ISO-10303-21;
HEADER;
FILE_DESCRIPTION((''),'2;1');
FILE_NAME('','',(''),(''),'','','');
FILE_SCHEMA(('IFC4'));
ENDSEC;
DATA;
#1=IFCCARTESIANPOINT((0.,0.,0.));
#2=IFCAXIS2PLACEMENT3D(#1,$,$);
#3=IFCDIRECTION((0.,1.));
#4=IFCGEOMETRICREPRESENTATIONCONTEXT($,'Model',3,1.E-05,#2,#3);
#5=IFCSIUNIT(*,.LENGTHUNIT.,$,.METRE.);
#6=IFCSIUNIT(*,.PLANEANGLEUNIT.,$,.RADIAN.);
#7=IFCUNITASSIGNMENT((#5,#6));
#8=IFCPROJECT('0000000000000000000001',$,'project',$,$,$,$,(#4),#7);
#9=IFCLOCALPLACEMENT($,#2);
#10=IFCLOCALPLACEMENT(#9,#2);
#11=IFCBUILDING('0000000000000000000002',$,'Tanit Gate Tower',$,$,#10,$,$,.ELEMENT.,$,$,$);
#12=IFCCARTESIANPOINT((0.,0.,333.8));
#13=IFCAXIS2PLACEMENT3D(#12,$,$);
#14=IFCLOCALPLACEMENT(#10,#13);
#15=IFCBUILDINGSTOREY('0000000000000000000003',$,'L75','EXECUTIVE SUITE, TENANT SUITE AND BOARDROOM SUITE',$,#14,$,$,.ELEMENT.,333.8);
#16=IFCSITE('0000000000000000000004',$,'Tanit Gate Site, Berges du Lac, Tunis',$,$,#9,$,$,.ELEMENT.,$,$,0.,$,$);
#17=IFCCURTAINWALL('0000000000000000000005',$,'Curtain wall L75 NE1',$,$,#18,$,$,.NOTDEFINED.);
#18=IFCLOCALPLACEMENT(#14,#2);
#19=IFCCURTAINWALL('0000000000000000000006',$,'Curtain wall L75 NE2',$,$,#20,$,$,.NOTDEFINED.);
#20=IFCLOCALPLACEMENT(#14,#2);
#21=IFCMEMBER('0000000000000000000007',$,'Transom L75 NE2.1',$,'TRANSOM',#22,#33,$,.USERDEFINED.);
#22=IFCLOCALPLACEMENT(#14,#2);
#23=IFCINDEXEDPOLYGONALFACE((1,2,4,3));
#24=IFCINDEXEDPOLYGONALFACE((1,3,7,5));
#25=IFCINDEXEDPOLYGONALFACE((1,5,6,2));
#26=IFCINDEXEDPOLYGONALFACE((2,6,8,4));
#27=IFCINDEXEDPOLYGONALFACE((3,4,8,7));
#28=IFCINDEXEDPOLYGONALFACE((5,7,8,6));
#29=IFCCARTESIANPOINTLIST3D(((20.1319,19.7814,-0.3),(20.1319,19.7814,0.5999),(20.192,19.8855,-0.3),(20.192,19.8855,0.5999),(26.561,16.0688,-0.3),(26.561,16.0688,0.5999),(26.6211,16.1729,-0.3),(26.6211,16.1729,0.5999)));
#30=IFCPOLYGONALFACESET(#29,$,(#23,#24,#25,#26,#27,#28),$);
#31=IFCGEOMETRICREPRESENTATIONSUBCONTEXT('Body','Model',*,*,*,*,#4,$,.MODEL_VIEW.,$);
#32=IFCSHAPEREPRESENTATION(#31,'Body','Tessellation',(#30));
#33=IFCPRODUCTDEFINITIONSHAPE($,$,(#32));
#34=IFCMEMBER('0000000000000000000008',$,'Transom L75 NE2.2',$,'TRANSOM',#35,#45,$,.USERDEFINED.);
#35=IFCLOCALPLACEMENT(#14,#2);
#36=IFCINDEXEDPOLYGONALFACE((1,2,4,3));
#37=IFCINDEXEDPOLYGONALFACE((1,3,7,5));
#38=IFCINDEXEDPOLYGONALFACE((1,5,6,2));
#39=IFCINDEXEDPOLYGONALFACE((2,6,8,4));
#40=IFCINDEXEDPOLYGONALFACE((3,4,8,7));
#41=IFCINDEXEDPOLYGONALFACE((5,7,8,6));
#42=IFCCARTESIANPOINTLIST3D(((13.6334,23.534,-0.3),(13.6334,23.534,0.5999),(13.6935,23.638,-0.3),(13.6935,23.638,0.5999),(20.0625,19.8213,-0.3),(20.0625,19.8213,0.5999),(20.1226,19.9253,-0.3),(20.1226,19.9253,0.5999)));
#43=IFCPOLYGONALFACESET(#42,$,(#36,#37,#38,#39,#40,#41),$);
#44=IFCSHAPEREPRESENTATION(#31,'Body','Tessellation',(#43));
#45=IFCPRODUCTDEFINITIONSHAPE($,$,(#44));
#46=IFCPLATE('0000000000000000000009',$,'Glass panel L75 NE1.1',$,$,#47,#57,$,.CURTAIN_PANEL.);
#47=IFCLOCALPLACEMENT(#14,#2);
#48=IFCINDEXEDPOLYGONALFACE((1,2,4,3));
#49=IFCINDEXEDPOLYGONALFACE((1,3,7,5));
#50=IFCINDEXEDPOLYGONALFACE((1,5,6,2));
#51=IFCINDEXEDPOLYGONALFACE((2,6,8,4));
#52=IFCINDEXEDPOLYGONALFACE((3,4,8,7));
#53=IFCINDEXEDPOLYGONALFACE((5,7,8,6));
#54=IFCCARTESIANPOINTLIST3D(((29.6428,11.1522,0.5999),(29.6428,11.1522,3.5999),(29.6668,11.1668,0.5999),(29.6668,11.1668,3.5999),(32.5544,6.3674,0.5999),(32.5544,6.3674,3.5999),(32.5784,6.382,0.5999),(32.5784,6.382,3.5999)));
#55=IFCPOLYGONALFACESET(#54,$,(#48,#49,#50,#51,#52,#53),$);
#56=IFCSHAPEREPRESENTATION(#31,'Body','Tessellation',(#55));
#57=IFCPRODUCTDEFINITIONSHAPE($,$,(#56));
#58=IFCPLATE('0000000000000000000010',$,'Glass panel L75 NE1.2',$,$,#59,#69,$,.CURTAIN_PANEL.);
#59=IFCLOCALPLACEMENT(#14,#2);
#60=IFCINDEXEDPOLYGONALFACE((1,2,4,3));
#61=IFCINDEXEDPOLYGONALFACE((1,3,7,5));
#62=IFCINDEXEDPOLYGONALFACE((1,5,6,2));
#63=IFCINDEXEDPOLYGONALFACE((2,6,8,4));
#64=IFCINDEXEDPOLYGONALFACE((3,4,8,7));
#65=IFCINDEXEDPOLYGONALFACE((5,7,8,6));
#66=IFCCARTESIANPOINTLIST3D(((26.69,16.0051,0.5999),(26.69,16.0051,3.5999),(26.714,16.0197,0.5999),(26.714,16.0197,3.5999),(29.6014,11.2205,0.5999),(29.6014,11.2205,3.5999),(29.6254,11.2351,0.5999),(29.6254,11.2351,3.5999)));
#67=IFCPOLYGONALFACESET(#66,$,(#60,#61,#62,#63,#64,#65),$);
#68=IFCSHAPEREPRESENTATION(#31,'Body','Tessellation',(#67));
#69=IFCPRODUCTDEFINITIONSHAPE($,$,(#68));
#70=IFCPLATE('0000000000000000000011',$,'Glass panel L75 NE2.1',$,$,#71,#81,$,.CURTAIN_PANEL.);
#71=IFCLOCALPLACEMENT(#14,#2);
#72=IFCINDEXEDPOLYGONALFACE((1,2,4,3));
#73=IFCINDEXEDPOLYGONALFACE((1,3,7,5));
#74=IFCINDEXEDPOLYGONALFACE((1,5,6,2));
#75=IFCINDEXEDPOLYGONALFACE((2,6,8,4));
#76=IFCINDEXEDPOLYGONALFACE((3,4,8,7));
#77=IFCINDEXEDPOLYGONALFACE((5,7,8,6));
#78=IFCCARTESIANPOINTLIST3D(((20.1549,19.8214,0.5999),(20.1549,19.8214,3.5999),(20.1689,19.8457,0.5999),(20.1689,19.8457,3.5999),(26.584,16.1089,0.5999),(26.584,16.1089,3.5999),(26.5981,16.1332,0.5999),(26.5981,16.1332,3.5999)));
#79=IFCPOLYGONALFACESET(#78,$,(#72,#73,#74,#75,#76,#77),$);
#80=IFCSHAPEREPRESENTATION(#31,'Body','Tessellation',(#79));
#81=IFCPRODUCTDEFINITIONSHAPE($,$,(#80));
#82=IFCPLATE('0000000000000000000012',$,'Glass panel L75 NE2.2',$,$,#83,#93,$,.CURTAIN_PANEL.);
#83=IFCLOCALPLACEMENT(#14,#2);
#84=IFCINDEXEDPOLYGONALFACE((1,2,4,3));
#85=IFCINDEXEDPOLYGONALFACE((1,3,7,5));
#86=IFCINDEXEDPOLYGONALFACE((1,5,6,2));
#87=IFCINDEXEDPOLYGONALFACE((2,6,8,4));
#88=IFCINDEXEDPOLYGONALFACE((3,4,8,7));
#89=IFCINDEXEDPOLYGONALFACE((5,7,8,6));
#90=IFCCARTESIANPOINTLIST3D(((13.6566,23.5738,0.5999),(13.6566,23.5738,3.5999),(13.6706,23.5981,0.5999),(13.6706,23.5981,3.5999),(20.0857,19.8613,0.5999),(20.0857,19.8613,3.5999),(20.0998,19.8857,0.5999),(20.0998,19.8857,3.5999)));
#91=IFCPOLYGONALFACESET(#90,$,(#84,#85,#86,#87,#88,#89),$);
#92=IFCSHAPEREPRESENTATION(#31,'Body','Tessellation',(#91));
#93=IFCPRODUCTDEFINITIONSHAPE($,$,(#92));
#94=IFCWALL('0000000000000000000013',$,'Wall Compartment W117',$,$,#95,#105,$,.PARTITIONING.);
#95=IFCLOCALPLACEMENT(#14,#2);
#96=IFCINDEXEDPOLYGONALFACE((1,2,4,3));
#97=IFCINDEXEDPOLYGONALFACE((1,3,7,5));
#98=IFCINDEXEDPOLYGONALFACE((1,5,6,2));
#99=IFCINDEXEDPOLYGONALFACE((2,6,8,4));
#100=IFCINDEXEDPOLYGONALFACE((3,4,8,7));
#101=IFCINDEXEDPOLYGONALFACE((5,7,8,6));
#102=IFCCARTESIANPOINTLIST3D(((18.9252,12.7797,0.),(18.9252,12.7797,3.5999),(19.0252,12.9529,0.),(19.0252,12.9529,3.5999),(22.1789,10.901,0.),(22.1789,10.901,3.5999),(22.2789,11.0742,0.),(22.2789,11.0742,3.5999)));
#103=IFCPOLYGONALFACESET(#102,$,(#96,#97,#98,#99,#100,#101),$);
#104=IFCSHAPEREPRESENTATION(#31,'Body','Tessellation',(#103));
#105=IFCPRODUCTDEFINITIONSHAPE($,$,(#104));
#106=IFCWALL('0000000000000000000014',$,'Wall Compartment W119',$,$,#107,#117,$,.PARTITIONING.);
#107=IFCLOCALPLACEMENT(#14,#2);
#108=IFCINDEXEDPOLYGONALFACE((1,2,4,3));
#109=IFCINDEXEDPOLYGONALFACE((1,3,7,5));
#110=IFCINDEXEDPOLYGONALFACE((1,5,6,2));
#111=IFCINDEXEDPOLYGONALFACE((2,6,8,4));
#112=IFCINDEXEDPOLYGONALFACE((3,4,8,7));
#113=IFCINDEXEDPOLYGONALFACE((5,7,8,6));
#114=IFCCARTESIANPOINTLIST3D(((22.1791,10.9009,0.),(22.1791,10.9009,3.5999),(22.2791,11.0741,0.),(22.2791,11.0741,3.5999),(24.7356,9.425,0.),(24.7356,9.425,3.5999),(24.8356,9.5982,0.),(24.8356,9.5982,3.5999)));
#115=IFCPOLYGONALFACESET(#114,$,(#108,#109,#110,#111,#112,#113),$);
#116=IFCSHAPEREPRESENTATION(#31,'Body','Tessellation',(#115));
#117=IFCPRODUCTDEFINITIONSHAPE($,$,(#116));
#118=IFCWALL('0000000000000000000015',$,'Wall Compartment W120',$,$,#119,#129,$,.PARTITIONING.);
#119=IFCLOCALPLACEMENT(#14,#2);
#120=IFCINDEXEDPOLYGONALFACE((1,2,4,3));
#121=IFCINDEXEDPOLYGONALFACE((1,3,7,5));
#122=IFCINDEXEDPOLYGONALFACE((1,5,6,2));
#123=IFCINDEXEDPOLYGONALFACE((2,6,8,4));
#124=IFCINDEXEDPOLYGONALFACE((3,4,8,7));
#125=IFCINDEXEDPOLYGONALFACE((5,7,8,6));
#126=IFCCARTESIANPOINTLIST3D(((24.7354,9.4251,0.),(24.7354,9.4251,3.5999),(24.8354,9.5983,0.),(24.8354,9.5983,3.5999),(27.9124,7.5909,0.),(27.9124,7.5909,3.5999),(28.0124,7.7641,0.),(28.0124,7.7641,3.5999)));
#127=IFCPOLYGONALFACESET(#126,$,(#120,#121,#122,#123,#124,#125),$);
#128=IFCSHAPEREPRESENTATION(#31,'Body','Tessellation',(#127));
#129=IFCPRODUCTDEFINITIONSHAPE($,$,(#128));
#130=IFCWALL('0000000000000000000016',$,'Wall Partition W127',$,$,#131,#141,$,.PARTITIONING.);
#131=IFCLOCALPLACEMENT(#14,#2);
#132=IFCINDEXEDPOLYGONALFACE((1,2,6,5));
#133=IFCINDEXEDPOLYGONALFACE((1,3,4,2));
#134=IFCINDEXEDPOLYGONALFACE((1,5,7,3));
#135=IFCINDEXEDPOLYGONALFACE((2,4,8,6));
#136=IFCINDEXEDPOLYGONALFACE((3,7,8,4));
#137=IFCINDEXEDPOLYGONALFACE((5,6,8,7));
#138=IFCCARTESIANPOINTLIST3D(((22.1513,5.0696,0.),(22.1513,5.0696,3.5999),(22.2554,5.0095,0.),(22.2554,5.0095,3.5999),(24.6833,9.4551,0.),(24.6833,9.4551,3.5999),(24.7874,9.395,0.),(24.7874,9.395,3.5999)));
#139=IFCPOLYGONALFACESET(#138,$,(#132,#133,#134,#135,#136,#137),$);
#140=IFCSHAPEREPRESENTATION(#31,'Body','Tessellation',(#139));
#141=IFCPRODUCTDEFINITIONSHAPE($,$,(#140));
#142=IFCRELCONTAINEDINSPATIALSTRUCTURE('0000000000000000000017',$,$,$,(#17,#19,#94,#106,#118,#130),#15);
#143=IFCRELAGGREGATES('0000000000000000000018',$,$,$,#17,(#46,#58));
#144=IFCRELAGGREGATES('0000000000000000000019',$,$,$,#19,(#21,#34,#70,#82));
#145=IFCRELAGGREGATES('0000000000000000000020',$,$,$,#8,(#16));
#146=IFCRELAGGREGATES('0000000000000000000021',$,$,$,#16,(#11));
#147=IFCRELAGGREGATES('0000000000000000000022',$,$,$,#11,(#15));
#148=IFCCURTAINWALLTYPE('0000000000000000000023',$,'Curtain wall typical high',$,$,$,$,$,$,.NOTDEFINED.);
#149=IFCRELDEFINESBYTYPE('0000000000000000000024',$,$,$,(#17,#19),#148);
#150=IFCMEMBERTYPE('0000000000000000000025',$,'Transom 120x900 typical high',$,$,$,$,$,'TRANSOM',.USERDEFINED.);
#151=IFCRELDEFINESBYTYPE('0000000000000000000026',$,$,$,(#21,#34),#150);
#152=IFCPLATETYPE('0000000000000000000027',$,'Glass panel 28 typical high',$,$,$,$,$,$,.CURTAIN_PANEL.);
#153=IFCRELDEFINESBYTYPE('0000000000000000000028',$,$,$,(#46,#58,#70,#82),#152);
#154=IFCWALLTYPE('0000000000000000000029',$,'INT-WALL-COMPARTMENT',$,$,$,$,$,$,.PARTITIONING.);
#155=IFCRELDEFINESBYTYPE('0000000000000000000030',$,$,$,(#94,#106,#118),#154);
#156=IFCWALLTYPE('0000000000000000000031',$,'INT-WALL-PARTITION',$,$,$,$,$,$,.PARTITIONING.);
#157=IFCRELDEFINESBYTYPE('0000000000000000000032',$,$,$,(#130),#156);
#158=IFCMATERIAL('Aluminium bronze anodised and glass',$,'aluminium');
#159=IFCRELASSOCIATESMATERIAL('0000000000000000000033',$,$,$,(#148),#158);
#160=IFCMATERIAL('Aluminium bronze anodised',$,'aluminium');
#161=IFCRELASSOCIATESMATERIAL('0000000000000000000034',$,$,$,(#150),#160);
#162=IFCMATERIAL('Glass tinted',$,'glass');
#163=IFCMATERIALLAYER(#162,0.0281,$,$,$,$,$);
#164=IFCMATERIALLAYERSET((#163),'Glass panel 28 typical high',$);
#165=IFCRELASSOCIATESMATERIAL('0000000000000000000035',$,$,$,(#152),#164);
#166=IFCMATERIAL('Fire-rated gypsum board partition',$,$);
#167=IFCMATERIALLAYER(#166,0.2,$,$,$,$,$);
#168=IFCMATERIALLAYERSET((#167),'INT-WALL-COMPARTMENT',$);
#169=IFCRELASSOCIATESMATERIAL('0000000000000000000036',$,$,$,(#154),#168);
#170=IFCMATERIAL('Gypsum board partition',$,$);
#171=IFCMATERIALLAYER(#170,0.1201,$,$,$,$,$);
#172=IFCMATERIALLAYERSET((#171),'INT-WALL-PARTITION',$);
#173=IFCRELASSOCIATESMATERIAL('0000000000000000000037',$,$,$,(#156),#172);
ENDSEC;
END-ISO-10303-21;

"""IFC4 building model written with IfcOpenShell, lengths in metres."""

from ifc_helpers import new_model, si_unit, direction, frame, frame_2d, origin, origin_2d, place, context, subcontext, project, spatial, rectangle, extrude, material, layer, layer_set, material_profile, profile_set, type_object, element, aggregate, save


model = new_model("IFC4")

# Units and contexts
model_context = context("Model", 3, precision=1e-05, world=origin(), true_north=direction((0.0, 1.0)))
body_context = subcontext(model_context, "Body", "Model", "MODEL_VIEW")
ifc_project = project(units=[si_unit("LENGTHUNIT", "METRE"), si_unit("PLANEANGLEUNIT", "RADIAN")], contexts=[model_context])

# Site, building, storey
site_placement = place(None, origin())
site = spatial("IfcSite", under=ifc_project, at=site_placement, Name="Tanit Gate Site, Berges du Lac, Tunis", CompositionType="ELEMENT", RefElevation=0.0)
building_placement = place(site_placement, origin())
building = spatial("IfcBuilding", under=site, at=building_placement, Name="Tanit Gate Tower", CompositionType="ELEMENT")
storey_placement = place(building_placement, frame((0.0, 0.0, 333.8)))
storey = spatial("IfcBuildingStorey", under=building, at=storey_placement, Name="L75", Description="EXECUTIVE SUITE, TENANT SUITE AND BOARDROOM SUITE", CompositionType="ELEMENT", Elevation=333.8)

# Curtain wall
ifc_material_1 = material(Name="Aluminium bronze anodised and glass", Category="aluminium")
curtain_wall_type = type_object("IfcCurtainWallType", Name="Curtain wall typical high", PredefinedType="NOTDEFINED", material=ifc_material_1)
curtain_wall_1_placement = place(storey_placement, origin())
curtain_wall_1 = element("IfcCurtainWall", 1, at=curtain_wall_1_placement, inside=storey, type_object=curtain_wall_type, Name="Curtain wall L75 NE1", PredefinedType="NOTDEFINED")

# Curtain wall
curtain_wall_2_placement = place(storey_placement, origin())
curtain_wall_2 = element("IfcCurtainWall", 2, at=curtain_wall_2_placement, inside=storey, type_object=curtain_wall_type, Name="Curtain wall L75 NE2", PredefinedType="NOTDEFINED")

# Members
ifc_material_2 = material(Name="Aluminium bronze anodised", Category="aluminium")
ifc_material_profile_1 = material_profile(ifc_material_2, rectangle(XDim=0.1201, YDim=0.8999, at=origin_2d()), Name="120x900 bronze transom")
ifc_profile_set_1 = profile_set([ifc_material_profile_1], Name="Aluminium bronze anodised")
member_type_1 = type_object("IfcMemberType", Name="Transom 120x900 typical high", ElementType="TRANSOM", PredefinedType="USERDEFINED", material=ifc_profile_set_1)
member_1_placement = place(storey_placement, frame((26.5911, 16.1208, 0.1499), z_axis=(-0.865982, 0.500075, 0.0), x_axis=(-0.500075, -0.865982, 0.0)))
member_1 = element("IfcMember", 3, at=member_1_placement, type_object=member_type_1, Name="Transom L75 NE2.1", ObjectType="TRANSOM", PredefinedType="USERDEFINED", context=body_context, shape_type="SweptSolid", body=[
    extrude(rectangle(XDim=0.1201, YDim=0.8999, at=origin_2d()), origin(), (0.0, 0.0, 1.0), 7.4241),
])
member_2_placement = place(storey_placement, frame((20.0925, 19.8733, 0.1499), z_axis=(-0.865974, 0.50009, 0.0), x_axis=(-0.50009, -0.865974, 0.0)))
member_2 = element("IfcMember", 4, at=member_2_placement, type_object=member_type_1, Name="Transom L75 NE2.2", ObjectType="TRANSOM", PredefinedType="USERDEFINED", context=body_context, shape_type="SweptSolid", body=[
    extrude(rectangle(XDim=0.1201, YDim=0.8999, at=origin_2d()), origin(), (0.0, 0.0, 1.0), 7.4241),
])

# Plates
ifc_material_3 = material(Name="Glass tinted", Category="glass")
ifc_layer_1 = layer(ifc_material_3, 0.0281)
ifc_layer_set_1 = layer_set([ifc_layer_1], Name="Glass panel 28 typical high")
plate_type = type_object("IfcPlateType", Name="Glass panel 28 typical high", PredefinedType="CURTAIN_PANEL", material=ifc_layer_set_1)
plate_1_placement = place(storey_placement, frame((31.1106, 8.7671, 0.5999), z_axis=(0.0, 0.0, 1.0), x_axis=(-0.51982, 0.854276, 0.0)))
plate_1 = element("IfcPlate", 5, at=plate_1_placement, type_object=plate_type, Name="Glass panel L75 NE1.1", PredefinedType="CURTAIN_PANEL", context=body_context, shape_type="SweptSolid", body=[
    extrude(rectangle(XDim=5.6011, YDim=0.0281, at=origin_2d()), origin(), (0.0, 0.0, 1.0), 3.0),
])
plate_2_placement = place(storey_placement, frame((28.1577, 13.6201, 0.5999), z_axis=(0.0, 0.0, 1.0), x_axis=(-0.51982, 0.854276, 0.0)))
plate_2 = element("IfcPlate", 6, at=plate_2_placement, type_object=plate_type, Name="Glass panel L75 NE1.2", PredefinedType="CURTAIN_PANEL", context=body_context, shape_type="SweptSolid", body=[
    extrude(rectangle(XDim=5.6008, YDim=0.0281, at=origin_2d()), origin(), (0.0, 0.0, 1.0), 3.0),
])
aggregate(curtain_wall_1, [plate_1, plate_2])
plate_3_placement = place(storey_placement, frame((23.3765, 17.9773, 0.5999), z_axis=(0.0, 0.0, 1.0), x_axis=(-0.865991, 0.50006, 0.0)))
plate_3 = element("IfcPlate", 7, at=plate_3_placement, type_object=plate_type, Name="Glass panel L75 NE2.1", PredefinedType="CURTAIN_PANEL", context=body_context, shape_type="SweptSolid", body=[
    extrude(rectangle(XDim=7.4241, YDim=0.0281, at=origin_2d()), origin(), (0.0, 0.0, 1.0), 3.0),
])
plate_4_placement = place(storey_placement, frame((16.8782, 21.7297, 0.5999), z_axis=(0.0, 0.0, 1.0), x_axis=(-0.865991, 0.50006, 0.0)))
plate_4 = element("IfcPlate", 8, at=plate_4_placement, type_object=plate_type, Name="Glass panel L75 NE2.2", PredefinedType="CURTAIN_PANEL", context=body_context, shape_type="SweptSolid", body=[
    extrude(rectangle(XDim=7.4241, YDim=0.0281, at=origin_2d()), origin(), (0.0, 0.0, 1.0), 3.0),
])
aggregate(curtain_wall_2, [member_1, member_2, plate_3, plate_4])

# Walls
ifc_material_4 = material(Name="Fire-rated gypsum board partition")
ifc_layer_2 = layer(ifc_material_4, 0.2)
ifc_layer_set_2 = layer_set([ifc_layer_2], Name="INT-WALL-COMPARTMENT")
wall_type_1 = type_object("IfcWallType", Name="INT-WALL-COMPARTMENT", PredefinedType="PARTITIONING", material=ifc_layer_set_2)
wall_1_placement = place(storey_placement, frame((18.9753, 12.8662, 0.0), z_axis=(0.0, 0.0, 1.0), x_axis=(0.866007, -0.500032, 0.0)))
element("IfcWall", 9, at=wall_1_placement, inside=storey, type_object=wall_type_1, Name="Wall Compartment W117", PredefinedType="PARTITIONING", context=body_context, shape_type="SweptSolid", body=[
    extrude(rectangle(XDim=3.7571, YDim=0.2, at=frame_2d((1.8784, 0.0))), origin(), (0.0, 0.0, 1.0), 3.5999),
])
wall_2_placement = place(storey_placement, frame((22.229, 10.9875, 0.0), z_axis=(0.0, 0.0, 1.0), x_axis=(0.866041, -0.499973, 0.0)))
element("IfcWall", 10, at=wall_2_placement, inside=storey, type_object=wall_type_1, Name="Wall Compartment W119", PredefinedType="PARTITIONING", context=body_context, shape_type="SweptSolid", body=[
    extrude(rectangle(XDim=2.9519, YDim=0.2, at=frame_2d((1.4761, 0.0))), origin(), (0.0, 0.0, 1.0), 3.5999),
])
wall_3_placement = place(storey_placement, frame((24.7854, 9.5117, 0.0), z_axis=(0.0, 0.0, 1.0), x_axis=(0.866027, -0.499997, 0.0)))
element("IfcWall", 11, at=wall_3_placement, inside=storey, type_object=wall_type_1, Name="Wall Compartment W120", PredefinedType="PARTITIONING", context=body_context, shape_type="SweptSolid", body=[
    extrude(rectangle(XDim=3.6685, YDim=0.2, at=frame_2d((1.8342, 0.0))), origin(), (0.0, 0.0, 1.0), 3.5999),
])
ifc_material_5 = material(Name="Gypsum board partition")
ifc_layer_3 = layer(ifc_material_5, 0.1201)
ifc_layer_set_3 = layer_set([ifc_layer_3], Name="INT-WALL-PARTITION")
wall_type_2 = type_object("IfcWallType", Name="INT-WALL-PARTITION", PredefinedType="PARTITIONING", material=ifc_layer_set_3)
wall_4_placement = place(storey_placement, frame((24.7354, 9.425, 0.0), z_axis=(0.0, 0.0, 1.0), x_axis=(-0.500002, -0.866024, 0.0)))
element("IfcWall", 12, at=wall_4_placement, inside=storey, type_object=wall_type_2, Name="Wall Partition W127", PredefinedType="PARTITIONING", context=body_context, shape_type="SweptSolid", body=[
    extrude(rectangle(XDim=5.064, YDim=0.1201, at=frame_2d((2.532, 0.0))), origin(), (0.0, 0.0, 1.0), 3.5999),
])

save(model, "model.ifc")
